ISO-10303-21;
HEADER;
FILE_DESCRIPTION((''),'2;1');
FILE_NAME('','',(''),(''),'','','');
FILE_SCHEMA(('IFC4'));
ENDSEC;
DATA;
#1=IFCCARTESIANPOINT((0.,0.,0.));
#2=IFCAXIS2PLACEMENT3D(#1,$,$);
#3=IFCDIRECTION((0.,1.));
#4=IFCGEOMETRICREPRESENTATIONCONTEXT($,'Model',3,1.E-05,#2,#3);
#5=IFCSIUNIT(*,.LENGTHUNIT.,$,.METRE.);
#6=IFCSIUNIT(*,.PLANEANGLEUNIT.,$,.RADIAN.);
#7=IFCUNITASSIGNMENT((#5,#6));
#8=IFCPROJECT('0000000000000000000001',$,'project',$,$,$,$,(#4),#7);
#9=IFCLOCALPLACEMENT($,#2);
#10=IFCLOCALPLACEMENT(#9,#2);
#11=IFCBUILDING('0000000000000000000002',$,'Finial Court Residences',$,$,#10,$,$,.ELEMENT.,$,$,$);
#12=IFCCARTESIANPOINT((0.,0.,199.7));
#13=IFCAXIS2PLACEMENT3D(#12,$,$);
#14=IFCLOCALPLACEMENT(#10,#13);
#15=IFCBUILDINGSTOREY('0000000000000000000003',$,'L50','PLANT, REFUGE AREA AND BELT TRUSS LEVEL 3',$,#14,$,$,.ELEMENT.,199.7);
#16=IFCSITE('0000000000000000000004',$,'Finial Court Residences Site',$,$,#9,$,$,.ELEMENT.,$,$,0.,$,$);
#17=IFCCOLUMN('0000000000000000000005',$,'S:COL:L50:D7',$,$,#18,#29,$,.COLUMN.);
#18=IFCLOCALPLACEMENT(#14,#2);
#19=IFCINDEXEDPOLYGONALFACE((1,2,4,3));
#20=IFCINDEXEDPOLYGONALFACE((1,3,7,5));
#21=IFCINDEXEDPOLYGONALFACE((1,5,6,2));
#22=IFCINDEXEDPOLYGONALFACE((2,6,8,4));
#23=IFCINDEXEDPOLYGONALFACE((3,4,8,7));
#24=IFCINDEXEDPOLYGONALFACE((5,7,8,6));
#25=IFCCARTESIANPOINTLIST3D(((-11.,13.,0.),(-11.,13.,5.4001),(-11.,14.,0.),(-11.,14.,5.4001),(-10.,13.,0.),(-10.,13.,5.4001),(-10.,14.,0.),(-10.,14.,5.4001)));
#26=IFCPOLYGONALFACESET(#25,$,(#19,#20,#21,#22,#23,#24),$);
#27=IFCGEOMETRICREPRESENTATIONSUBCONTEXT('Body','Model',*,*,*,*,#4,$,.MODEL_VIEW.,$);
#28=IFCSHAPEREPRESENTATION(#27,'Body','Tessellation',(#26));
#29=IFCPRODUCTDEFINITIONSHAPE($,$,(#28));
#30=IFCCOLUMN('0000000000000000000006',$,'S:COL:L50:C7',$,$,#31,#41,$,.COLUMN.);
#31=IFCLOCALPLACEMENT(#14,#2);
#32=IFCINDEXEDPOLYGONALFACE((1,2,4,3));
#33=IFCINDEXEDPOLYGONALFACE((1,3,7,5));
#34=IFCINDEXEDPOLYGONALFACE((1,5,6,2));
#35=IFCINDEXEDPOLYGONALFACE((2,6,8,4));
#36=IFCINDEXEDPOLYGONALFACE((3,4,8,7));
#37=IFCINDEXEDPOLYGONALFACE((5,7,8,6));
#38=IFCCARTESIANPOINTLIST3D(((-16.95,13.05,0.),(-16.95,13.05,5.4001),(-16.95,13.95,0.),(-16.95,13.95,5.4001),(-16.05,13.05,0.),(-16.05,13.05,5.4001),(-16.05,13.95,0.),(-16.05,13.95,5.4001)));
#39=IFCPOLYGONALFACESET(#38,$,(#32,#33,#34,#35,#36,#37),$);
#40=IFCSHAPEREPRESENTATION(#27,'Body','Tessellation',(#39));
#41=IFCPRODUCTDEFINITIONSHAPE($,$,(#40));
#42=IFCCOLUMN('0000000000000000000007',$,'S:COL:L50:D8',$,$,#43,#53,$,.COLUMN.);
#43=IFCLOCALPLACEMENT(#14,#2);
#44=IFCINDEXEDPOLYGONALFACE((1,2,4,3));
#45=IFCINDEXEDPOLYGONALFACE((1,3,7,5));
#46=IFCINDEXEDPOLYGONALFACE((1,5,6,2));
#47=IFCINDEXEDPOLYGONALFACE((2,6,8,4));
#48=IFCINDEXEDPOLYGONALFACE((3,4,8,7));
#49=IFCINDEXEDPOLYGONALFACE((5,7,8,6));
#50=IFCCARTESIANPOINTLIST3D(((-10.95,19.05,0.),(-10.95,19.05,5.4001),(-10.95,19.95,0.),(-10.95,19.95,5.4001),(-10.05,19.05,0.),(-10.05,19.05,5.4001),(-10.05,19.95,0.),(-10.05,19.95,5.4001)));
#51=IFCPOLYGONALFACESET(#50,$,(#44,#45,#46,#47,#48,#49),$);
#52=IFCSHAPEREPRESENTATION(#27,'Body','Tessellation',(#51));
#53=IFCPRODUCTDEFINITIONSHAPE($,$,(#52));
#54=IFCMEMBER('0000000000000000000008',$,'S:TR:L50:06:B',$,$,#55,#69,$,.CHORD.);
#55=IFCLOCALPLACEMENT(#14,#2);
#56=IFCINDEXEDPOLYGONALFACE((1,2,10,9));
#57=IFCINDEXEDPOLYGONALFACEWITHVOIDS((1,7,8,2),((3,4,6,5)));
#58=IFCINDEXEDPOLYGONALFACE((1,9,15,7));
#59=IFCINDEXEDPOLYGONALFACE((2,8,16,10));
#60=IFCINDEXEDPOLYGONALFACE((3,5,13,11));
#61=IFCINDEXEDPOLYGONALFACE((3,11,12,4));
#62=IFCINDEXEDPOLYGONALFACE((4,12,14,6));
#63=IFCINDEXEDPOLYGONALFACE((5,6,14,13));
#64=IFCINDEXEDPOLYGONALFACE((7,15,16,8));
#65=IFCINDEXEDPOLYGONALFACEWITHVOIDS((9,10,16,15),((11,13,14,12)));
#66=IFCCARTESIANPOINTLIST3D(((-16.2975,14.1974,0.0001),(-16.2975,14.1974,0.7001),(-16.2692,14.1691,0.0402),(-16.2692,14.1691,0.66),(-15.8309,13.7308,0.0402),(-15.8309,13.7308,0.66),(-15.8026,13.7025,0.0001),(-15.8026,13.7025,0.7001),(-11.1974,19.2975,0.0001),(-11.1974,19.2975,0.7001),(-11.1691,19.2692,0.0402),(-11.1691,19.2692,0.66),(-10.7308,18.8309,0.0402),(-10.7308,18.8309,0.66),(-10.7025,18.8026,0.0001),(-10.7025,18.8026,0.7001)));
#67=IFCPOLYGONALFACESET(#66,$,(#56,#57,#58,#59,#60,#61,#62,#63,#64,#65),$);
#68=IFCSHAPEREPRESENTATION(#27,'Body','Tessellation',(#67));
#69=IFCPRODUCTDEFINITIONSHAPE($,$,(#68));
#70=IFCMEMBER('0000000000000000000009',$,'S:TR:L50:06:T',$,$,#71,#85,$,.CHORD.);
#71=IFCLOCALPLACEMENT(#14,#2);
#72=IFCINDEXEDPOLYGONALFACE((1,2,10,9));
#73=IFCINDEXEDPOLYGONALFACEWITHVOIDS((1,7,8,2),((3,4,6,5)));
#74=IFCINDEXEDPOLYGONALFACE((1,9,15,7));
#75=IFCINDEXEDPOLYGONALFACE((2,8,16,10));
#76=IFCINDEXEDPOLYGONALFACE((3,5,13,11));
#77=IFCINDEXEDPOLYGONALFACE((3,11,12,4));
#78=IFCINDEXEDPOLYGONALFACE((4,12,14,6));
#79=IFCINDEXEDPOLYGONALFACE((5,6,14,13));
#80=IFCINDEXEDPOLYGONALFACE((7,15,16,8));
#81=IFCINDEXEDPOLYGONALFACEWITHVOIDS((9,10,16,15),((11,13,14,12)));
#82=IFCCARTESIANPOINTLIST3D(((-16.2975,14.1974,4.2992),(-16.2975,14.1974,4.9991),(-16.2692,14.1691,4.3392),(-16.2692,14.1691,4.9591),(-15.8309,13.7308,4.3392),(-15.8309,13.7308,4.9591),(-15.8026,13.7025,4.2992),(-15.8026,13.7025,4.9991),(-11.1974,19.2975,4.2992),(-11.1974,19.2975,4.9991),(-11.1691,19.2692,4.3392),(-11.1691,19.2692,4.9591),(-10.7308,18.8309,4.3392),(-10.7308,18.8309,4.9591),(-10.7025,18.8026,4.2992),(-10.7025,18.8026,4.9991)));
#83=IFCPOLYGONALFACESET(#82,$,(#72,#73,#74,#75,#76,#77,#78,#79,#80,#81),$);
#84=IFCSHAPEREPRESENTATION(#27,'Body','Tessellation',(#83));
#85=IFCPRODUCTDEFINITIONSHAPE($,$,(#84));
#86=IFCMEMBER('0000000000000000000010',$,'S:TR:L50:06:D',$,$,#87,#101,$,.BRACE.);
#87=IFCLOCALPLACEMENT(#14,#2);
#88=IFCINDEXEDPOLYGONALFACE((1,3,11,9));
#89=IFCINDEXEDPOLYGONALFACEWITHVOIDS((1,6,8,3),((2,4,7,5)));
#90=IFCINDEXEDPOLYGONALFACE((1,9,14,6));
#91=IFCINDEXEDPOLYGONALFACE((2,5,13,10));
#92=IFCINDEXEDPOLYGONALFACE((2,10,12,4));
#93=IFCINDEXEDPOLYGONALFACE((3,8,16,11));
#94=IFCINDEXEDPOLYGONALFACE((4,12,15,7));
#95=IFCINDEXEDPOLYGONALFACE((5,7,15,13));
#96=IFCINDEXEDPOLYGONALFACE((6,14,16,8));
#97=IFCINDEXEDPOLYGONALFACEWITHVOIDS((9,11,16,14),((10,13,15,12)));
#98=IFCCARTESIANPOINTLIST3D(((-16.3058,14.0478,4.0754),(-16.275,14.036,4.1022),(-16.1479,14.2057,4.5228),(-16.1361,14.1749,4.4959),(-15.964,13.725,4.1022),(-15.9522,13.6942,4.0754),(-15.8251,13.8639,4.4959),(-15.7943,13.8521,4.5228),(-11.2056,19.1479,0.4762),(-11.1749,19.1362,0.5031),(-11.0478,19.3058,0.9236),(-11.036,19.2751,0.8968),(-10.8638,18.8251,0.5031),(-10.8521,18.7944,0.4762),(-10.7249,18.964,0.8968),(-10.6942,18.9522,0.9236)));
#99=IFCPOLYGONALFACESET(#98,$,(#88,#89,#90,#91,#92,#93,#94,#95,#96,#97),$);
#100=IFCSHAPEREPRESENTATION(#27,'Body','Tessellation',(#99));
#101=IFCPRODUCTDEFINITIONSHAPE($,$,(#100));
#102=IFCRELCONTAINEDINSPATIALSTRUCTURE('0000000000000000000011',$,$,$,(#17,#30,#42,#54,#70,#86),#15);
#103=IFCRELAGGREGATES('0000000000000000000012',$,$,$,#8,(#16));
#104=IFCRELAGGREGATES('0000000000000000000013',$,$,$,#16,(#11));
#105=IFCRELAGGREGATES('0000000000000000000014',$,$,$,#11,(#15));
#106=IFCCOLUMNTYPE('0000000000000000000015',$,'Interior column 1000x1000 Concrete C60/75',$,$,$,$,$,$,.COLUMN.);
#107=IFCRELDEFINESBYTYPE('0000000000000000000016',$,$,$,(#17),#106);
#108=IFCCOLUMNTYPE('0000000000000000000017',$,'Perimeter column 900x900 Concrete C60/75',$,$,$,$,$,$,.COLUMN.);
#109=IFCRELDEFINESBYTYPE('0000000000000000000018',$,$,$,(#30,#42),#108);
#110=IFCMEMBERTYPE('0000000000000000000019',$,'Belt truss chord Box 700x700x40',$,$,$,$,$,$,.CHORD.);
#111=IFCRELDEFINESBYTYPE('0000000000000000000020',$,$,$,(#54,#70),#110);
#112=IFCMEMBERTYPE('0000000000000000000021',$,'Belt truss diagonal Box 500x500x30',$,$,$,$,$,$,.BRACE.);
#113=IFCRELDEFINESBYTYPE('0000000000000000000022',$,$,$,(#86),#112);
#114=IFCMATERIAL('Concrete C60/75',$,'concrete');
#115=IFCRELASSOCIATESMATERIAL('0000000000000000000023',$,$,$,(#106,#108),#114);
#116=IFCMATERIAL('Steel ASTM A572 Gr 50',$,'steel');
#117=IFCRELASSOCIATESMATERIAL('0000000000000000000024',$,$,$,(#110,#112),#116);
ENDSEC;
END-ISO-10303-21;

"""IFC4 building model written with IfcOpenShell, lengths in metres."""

from ifc_helpers import new_model, si_unit, direction, frame, origin, origin_2d, place, context, subcontext, project, spatial, rectangle, hollow_rectangle, extrude, material, material_profile, profile_set, type_object, element, save


model = new_model("IFC4")

# Units and contexts
model_context = context("Model", 3, precision=1e-05, world=origin(), true_north=direction((0.0, 1.0)))
body_context = subcontext(model_context, "Body", "Model", "MODEL_VIEW")
ifc_project = project(units=[si_unit("LENGTHUNIT", "METRE"), si_unit("PLANEANGLEUNIT", "RADIAN")], contexts=[model_context])

# Site, building, storey
site_placement = place(None, origin())
site = spatial("IfcSite", under=ifc_project, at=site_placement, Name="Finial Court Residences Site", CompositionType="ELEMENT", RefElevation=0.0)
building_placement = place(site_placement, origin())
building = spatial("IfcBuilding", under=site, at=building_placement, Name="Finial Court Residences", CompositionType="ELEMENT")
storey_placement = place(building_placement, frame((0.0, 0.0, 199.7)))
storey = spatial("IfcBuildingStorey", under=building, at=storey_placement, Name="L50", Description="PLANT, REFUGE AREA AND BELT TRUSS LEVEL 3", CompositionType="ELEMENT", Elevation=199.7)

# Columns
ifc_material_1 = material(Name="Concrete C60/75", Category="concrete")
ifc_material_profile_1 = material_profile(ifc_material_1, rectangle(XDim=1.0, YDim=1.0, at=origin_2d()), Name="1000x1000")
ifc_profile_set_1 = profile_set([ifc_material_profile_1], Name="Concrete C60/75")
column_type_1 = type_object("IfcColumnType", Name="Interior column 1000x1000 Concrete C60/75", PredefinedType="COLUMN", material=ifc_profile_set_1)
column_placement = place(storey_placement, frame((-10.5, 13.5, 0.0), z_axis=(0.0, 0.0, 1.0), x_axis=(1.0, 0.0, 0.0)))
element("IfcColumn", 1, at=column_placement, inside=storey, type_object=column_type_1, Name="S:COL:L50:D7", PredefinedType="COLUMN", context=body_context, shape_type="SweptSolid", body=[
    extrude(rectangle(XDim=1.0, YDim=1.0, at=origin_2d()), origin(), (0.0, 0.0, 1.0), 5.4001),
])
ifc_material_profile_2 = material_profile(ifc_material_1, rectangle(XDim=0.8999, YDim=0.8999, at=origin_2d()), Name="900x900")
ifc_profile_set_2 = profile_set([ifc_material_profile_2], Name="Concrete C60/75")
column_type_2 = type_object("IfcColumnType", Name="Perimeter column 900x900 Concrete C60/75", PredefinedType="COLUMN", material=ifc_profile_set_2)
for number, where, z_axis, x_axis, name in (
    (2, (-16.5, 13.5, 0.0), (0.0, 0.0, 1.0), (1.0, 0.0, 0.0), "S:COL:L50:C7"),
    (3, (-10.5, 19.5, 0.0), (0.0, 0.0, 1.0), (1.0, 0.0, 0.0), "S:COL:L50:D8"),
):
    element("IfcColumn", number, at=place(storey_placement, frame(where, z_axis=z_axis, x_axis=x_axis)), inside=storey, type_object=column_type_2, Name=name, PredefinedType="COLUMN", context=body_context, shape_type="SweptSolid", body=[
        extrude(rectangle(XDim=0.8999, YDim=0.8999, at=origin_2d()), origin(), (0.0, 0.0, 1.0), 5.4001),
    ])

# Members
ifc_material_2 = material(Name="Steel ASTM A572 Gr 50", Category="steel")
ifc_material_profile_3 = material_profile(ifc_material_2, hollow_rectangle(XDim=0.7, YDim=0.7, WallThickness=0.04, at=origin_2d()), Name="Box 700x700x40")
ifc_profile_set_3 = profile_set([ifc_material_profile_3], Name="Steel ASTM A572 Gr 50")
member_type_1 = type_object("IfcMemberType", Name="Belt truss chord Box 700x700x40", PredefinedType="CHORD", material=ifc_profile_set_3)
for number, where, z_axis, x_axis, name in (
    (4, (-16.05, 13.95, 0.3501), (0.707107, 0.707107, 0.0), (-0.707107, 0.707107, 0.0), "S:TR:L50:06:B"),
    (5, (-16.05, 13.95, 4.6492), (0.707107, 0.707107, 0.0), (-0.707107, 0.707107, 0.0), "S:TR:L50:06:T"),
):
    element("IfcMember", number, at=place(storey_placement, frame(where, z_axis=z_axis, x_axis=x_axis)), inside=storey, type_object=member_type_1, Name=name, PredefinedType="CHORD", context=body_context, shape_type="SweptSolid", body=[
        extrude(hollow_rectangle(XDim=0.7, YDim=0.7, WallThickness=0.04, at=origin_2d()), origin(), (0.0, 0.0, 1.0), 7.2126),
    ])
ifc_material_profile_4 = material_profile(ifc_material_2, hollow_rectangle(XDim=0.5, YDim=0.5, WallThickness=0.03, at=origin_2d()), Name="Box 500x500x30")
ifc_profile_set_4 = profile_set([ifc_material_profile_4], Name="Steel ASTM A572 Gr 50")
member_type_2 = type_object("IfcMemberType", Name="Belt truss diagonal Box 500x500x30", PredefinedType="BRACE", material=ifc_profile_set_4)
member_placement = place(storey_placement, frame((-16.05, 13.95, 4.2991), z_axis=(0.632708, 0.632708, -0.4465), x_axis=(-0.707107, 0.707107, 0.0)))
element("IfcMember", 6, at=member_placement, inside=storey, type_object=member_type_2, Name="S:TR:L50:06:D", PredefinedType="BRACE", context=body_context, shape_type="SweptSolid", body=[
    extrude(hollow_rectangle(XDim=0.5, YDim=0.5, WallThickness=0.03, at=origin_2d()), origin(), (0.0, 0.0, 1.0), 8.0608),
])

save(model, "model.ifc")
